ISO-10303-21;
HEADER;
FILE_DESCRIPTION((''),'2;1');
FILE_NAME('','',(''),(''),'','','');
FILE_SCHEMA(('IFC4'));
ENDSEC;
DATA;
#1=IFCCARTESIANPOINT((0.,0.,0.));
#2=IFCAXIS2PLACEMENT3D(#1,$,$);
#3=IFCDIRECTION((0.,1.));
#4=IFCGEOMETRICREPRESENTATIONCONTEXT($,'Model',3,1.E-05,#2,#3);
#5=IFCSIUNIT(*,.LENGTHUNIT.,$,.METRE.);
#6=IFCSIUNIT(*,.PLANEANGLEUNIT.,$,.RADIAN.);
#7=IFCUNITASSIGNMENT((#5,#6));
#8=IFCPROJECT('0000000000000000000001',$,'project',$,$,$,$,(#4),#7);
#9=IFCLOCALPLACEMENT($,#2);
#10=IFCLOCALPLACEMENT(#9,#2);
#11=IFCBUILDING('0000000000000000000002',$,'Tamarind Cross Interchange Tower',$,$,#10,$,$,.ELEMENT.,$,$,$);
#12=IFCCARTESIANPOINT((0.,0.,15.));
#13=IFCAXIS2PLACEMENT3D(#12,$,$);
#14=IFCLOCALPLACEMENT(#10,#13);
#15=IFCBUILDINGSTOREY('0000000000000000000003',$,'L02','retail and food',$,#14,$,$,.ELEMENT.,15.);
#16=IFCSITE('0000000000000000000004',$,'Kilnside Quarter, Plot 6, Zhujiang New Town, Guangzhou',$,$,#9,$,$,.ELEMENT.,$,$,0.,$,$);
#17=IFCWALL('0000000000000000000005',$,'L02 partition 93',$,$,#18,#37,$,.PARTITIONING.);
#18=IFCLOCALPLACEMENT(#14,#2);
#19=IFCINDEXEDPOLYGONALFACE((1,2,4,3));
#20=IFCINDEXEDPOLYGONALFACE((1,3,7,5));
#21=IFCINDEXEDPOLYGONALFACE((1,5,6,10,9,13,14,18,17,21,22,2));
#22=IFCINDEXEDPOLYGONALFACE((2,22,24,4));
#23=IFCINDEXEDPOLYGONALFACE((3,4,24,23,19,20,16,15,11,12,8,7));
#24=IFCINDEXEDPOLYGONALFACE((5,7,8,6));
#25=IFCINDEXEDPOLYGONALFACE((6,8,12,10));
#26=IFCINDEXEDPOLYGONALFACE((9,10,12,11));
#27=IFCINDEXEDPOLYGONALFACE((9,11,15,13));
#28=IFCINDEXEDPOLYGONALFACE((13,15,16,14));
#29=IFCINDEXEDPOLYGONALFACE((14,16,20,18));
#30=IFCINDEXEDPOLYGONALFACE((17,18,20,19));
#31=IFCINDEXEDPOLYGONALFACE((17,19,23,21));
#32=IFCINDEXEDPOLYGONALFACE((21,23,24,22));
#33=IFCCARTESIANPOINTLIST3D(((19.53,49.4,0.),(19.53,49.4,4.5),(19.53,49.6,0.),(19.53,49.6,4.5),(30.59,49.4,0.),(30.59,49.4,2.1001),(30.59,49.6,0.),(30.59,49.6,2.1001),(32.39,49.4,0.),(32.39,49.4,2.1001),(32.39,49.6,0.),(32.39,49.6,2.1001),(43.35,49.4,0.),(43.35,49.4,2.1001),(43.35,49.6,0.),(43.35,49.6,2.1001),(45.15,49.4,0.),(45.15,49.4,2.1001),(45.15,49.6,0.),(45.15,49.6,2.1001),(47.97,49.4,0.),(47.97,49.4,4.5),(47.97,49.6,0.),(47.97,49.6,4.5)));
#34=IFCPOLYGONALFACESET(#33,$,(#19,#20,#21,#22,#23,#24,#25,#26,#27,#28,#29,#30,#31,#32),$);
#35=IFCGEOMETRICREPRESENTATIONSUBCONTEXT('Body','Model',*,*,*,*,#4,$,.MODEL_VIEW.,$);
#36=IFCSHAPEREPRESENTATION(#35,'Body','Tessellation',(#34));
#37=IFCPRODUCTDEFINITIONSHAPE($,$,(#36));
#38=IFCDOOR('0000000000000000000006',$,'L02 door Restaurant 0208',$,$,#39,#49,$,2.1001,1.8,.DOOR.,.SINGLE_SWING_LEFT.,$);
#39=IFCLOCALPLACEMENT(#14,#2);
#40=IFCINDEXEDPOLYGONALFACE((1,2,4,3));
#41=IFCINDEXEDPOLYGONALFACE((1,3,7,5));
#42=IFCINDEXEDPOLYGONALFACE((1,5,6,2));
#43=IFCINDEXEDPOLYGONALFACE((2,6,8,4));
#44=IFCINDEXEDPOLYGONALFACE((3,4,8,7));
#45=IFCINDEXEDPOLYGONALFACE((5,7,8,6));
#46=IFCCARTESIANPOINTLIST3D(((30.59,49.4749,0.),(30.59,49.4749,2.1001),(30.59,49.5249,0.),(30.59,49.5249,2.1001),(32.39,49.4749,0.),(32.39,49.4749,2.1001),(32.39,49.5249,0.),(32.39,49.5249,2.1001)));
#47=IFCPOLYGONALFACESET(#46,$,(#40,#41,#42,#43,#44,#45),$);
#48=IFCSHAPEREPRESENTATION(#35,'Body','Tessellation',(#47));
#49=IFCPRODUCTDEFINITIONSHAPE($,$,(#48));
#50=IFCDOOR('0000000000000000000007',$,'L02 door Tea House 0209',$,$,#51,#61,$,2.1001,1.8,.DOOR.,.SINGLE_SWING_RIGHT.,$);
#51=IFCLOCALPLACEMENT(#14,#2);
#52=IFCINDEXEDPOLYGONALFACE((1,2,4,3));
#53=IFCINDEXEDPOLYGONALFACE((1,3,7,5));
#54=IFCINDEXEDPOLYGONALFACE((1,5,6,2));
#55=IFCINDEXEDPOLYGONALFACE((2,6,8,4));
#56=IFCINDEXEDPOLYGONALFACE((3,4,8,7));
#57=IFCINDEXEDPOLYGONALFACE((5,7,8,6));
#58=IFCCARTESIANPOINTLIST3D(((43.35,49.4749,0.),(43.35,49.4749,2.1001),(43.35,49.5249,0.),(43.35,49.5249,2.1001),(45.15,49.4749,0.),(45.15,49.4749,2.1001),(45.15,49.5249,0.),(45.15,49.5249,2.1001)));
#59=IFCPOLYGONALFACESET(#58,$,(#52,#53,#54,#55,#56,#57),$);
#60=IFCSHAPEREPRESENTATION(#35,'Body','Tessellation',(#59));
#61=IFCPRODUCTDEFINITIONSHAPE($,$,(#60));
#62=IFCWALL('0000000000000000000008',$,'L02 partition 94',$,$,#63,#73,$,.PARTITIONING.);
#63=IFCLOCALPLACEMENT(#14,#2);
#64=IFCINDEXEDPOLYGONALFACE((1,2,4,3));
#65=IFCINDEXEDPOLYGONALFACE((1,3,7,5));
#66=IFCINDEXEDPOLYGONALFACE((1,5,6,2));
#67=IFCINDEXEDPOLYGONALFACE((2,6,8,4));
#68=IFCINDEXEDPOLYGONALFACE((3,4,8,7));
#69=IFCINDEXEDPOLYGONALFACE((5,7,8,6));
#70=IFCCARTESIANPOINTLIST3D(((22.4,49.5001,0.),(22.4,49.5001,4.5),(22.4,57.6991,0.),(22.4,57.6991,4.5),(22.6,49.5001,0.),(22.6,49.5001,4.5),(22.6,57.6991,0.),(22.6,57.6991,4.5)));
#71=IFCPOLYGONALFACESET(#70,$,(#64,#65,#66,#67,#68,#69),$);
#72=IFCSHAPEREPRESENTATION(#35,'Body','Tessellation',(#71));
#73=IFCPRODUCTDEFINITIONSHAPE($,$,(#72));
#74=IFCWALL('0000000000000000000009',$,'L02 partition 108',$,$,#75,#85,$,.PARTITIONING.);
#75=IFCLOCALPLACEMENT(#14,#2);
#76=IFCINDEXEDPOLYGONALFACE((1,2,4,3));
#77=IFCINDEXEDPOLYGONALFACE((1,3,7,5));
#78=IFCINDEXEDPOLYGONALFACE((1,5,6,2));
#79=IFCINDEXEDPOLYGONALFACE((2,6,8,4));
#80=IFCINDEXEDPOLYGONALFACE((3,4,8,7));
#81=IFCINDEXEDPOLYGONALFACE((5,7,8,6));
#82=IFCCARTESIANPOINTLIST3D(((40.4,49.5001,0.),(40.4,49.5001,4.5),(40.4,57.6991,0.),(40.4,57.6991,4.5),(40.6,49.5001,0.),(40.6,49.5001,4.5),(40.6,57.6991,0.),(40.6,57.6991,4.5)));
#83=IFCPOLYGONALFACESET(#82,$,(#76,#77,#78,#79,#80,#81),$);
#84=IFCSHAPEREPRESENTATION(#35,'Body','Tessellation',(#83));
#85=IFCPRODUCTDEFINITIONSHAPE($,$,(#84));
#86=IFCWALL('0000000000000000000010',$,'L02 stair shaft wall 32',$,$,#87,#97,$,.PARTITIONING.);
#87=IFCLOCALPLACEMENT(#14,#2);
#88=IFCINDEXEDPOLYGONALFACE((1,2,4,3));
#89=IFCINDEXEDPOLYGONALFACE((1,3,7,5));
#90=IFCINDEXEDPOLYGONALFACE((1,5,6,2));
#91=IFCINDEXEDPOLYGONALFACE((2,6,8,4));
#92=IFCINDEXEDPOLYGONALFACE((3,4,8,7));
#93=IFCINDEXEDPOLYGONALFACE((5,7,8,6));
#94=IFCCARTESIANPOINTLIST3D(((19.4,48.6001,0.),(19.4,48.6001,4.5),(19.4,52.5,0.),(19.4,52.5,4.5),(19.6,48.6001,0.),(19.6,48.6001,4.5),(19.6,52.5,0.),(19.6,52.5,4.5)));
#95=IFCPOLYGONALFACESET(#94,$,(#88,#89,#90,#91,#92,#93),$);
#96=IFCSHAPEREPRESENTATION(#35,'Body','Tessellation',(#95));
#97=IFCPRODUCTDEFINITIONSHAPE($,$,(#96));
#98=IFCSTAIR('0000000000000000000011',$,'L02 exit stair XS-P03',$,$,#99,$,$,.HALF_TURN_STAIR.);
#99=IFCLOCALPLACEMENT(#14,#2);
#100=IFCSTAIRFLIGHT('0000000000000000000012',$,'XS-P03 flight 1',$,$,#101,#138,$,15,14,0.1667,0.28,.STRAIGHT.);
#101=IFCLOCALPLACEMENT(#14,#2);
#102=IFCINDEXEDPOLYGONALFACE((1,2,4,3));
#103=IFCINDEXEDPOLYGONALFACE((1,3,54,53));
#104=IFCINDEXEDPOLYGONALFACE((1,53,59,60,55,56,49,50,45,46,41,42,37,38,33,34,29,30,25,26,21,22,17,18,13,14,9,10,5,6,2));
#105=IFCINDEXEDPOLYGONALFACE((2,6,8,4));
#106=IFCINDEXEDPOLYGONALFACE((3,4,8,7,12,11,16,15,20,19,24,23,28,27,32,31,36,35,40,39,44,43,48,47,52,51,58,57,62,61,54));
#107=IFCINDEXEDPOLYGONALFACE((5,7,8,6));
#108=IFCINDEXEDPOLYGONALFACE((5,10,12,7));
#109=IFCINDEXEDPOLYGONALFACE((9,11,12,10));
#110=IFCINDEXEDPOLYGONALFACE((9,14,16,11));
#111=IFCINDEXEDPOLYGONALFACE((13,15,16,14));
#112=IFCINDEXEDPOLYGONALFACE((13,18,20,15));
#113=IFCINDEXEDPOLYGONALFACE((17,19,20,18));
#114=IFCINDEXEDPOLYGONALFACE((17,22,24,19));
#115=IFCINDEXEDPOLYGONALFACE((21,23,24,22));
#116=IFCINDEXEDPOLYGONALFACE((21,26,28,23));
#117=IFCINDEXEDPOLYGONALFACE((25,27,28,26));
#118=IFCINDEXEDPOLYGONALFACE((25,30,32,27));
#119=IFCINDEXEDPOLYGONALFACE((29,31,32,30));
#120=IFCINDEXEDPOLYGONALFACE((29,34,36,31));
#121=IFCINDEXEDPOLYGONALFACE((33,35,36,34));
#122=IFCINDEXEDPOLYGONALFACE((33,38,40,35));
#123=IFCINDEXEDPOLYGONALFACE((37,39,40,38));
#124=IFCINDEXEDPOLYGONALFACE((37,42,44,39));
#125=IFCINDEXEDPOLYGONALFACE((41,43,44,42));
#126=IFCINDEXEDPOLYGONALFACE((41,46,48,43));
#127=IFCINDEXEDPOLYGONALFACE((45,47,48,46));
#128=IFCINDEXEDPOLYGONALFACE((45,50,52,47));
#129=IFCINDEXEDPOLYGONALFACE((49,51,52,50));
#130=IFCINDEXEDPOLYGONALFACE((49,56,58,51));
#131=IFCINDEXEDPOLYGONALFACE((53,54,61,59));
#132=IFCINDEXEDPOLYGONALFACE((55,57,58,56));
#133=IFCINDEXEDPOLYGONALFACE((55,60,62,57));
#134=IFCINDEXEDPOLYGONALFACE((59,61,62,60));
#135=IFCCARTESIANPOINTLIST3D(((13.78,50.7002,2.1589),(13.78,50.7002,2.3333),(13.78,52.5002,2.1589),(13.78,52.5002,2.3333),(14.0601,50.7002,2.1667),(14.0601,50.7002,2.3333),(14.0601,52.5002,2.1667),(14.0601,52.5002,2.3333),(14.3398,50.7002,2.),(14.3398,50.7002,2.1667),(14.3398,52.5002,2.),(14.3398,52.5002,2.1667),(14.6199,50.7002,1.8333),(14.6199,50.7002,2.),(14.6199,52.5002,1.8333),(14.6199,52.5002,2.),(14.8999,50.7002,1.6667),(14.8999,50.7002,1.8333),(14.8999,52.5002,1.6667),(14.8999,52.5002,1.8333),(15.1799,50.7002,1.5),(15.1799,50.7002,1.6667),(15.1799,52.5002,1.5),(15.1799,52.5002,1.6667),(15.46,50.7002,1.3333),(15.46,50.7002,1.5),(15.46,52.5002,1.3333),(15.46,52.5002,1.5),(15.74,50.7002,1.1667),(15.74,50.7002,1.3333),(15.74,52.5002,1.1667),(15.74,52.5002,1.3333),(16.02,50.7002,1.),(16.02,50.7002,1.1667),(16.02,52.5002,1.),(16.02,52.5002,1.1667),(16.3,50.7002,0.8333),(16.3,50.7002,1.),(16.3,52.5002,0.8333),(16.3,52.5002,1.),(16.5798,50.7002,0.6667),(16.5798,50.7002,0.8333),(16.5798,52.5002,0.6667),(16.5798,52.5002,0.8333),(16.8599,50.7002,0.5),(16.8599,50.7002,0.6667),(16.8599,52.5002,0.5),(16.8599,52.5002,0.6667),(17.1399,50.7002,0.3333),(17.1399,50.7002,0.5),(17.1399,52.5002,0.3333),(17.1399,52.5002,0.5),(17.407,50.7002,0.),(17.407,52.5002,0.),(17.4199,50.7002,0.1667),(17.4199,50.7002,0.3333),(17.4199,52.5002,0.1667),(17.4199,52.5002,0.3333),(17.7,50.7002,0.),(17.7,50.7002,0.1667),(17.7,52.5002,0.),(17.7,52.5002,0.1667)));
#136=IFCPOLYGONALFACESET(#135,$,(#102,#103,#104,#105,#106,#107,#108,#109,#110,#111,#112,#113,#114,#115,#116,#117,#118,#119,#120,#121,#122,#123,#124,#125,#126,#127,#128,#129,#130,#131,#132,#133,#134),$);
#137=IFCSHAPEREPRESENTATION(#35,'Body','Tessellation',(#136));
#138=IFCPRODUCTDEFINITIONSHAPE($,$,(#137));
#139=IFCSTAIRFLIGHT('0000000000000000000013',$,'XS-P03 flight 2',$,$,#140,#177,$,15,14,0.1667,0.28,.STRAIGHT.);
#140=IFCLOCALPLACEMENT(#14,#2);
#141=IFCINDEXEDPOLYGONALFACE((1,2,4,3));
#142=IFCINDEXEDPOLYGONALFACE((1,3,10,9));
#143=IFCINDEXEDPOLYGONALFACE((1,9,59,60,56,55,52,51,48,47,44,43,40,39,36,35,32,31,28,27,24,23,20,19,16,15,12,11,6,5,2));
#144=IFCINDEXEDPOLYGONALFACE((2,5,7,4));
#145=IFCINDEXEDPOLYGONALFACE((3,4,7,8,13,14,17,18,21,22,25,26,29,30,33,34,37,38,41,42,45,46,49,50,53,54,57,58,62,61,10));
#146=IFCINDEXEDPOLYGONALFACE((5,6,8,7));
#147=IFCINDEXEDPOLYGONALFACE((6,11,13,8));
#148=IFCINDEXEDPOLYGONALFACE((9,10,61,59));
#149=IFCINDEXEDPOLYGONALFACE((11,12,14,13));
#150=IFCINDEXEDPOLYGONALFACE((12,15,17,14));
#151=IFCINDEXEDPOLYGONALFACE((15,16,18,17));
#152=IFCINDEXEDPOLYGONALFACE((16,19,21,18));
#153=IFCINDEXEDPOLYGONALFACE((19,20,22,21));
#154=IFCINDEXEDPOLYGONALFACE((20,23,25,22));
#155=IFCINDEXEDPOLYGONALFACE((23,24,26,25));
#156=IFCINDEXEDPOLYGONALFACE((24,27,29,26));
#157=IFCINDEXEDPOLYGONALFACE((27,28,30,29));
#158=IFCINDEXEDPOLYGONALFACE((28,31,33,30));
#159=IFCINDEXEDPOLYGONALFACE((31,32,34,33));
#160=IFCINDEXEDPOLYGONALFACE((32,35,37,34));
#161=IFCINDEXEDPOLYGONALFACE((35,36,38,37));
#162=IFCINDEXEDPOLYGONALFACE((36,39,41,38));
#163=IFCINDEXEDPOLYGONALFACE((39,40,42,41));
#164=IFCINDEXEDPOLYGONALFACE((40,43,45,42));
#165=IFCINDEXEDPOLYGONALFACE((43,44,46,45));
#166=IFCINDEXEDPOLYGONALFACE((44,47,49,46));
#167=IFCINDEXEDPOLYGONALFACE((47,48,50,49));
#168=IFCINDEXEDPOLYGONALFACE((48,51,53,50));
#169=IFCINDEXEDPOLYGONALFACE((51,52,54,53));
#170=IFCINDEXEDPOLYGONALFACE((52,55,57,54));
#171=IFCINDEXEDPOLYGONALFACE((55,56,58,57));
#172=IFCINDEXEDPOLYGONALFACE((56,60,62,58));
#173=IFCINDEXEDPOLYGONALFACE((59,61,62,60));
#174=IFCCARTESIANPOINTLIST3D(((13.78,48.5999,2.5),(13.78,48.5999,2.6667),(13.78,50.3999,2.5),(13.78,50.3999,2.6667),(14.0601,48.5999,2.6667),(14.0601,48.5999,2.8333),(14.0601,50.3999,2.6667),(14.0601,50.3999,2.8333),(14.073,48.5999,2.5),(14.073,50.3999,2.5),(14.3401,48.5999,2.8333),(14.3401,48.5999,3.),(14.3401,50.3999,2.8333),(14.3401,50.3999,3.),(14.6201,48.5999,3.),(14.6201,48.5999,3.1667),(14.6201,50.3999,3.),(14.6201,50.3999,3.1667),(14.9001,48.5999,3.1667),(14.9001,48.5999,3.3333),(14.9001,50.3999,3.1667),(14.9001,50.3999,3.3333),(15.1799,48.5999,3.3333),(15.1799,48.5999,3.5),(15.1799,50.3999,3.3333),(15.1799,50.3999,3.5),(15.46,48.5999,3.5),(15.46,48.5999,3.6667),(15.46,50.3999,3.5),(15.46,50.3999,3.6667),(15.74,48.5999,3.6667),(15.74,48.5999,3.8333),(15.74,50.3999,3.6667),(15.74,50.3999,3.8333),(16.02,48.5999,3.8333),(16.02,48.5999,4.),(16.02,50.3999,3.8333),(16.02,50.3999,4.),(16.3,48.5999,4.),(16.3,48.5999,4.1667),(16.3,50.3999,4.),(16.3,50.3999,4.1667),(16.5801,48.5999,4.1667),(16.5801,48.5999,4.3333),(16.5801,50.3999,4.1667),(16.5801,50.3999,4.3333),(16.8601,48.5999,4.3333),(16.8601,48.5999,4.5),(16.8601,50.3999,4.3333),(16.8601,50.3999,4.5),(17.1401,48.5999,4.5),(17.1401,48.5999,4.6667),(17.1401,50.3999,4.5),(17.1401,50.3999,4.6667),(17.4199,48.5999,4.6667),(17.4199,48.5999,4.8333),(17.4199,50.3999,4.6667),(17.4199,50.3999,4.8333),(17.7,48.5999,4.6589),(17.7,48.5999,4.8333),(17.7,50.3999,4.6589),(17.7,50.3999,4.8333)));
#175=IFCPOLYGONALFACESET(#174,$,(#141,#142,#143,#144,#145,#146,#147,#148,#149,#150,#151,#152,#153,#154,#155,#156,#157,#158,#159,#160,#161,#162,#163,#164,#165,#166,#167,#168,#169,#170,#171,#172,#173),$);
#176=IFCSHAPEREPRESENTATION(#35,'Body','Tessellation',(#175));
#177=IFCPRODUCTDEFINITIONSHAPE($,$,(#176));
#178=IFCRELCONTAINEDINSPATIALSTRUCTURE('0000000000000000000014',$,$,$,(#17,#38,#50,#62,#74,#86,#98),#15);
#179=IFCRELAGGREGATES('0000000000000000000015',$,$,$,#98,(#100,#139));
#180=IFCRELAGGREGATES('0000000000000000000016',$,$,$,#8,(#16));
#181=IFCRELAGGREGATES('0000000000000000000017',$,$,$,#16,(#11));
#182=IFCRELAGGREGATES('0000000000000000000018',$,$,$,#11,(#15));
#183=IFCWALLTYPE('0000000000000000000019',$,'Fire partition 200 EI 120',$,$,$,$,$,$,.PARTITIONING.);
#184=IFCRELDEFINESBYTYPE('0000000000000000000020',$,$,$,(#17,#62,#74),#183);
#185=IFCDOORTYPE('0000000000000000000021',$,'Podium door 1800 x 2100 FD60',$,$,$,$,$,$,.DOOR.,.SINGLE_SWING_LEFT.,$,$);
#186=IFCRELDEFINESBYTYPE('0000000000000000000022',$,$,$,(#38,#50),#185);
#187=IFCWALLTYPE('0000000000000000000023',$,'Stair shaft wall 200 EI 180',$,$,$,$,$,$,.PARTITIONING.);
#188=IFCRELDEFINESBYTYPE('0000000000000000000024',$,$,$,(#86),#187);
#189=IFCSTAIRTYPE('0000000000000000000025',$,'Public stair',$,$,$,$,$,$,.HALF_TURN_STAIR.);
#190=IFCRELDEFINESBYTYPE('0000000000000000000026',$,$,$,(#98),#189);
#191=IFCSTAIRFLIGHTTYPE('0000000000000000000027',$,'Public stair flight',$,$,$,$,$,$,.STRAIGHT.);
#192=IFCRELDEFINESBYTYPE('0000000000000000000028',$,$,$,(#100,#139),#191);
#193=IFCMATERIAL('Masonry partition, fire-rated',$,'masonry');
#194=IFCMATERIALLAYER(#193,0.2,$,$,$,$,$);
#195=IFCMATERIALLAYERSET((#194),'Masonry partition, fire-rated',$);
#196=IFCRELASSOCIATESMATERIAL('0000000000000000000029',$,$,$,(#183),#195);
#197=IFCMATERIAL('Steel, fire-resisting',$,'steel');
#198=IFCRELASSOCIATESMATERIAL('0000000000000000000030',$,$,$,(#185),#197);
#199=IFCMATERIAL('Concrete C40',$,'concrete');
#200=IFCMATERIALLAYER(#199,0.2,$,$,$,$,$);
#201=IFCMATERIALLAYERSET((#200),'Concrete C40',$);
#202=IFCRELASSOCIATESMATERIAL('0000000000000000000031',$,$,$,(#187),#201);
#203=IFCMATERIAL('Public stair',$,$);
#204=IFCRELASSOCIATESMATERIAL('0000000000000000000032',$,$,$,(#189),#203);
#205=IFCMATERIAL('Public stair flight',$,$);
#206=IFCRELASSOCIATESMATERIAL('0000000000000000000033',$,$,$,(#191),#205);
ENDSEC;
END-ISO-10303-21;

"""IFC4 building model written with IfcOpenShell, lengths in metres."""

from ifc_helpers import new_model, si_unit, direction, frame, frame_2d, origin, place, context, subcontext, project, spatial, polyline, rectangle, outline, extrude, material, layer, layer_set, type_object, element, fill, aggregate, save


model = new_model("IFC4")

# Units and contexts
model_context = context("Model", 3, precision=1e-05, world=origin(), true_north=direction((0.0, 1.0)))
body_context = subcontext(model_context, "Body", "Model", "MODEL_VIEW")
ifc_project = project(units=[si_unit("LENGTHUNIT", "METRE"), si_unit("PLANEANGLEUNIT", "RADIAN")], contexts=[model_context])

# Site, building, storey
site_placement = place(None, origin())
site = spatial("IfcSite", under=ifc_project, at=site_placement, Name="Kilnside Quarter, Plot 6, Zhujiang New Town, Guangzhou", CompositionType="ELEMENT", RefElevation=0.0)
building_placement = place(site_placement, origin())
building = spatial("IfcBuilding", under=site, at=building_placement, Name="Tamarind Cross Interchange Tower", CompositionType="ELEMENT")
storey_placement = place(building_placement, frame((0.0, 0.0, 15.0)))
storey = spatial("IfcBuildingStorey", under=building, at=storey_placement, Name="L02", Description="retail and food", CompositionType="ELEMENT", Elevation=15.0)

# Shared definitions
ifc_material_1 = material(Name="Masonry partition, fire-rated", Category="masonry")
ifc_layer_1 = layer(ifc_material_1, 0.2)
ifc_layer_set_1 = layer_set([ifc_layer_1], Name="Masonry partition, fire-rated")
wall_type_1 = type_object("IfcWallType", Name="Fire partition 200 EI 120", PredefinedType="PARTITIONING", material=ifc_layer_set_1)
ifc_material_2 = material(Name="Steel, fire-resisting", Category="steel")

# Wall, openings, doors
wall_1_placement = place(storey_placement, frame((19.53, 49.5, 0.0), z_axis=(0.0, 0.0, 1.0), x_axis=(1.0, 0.0, 0.0)))
wall_1 = element("IfcWall", 1, at=wall_1_placement, inside=storey, type_object=wall_type_1, Name="L02 partition 93", PredefinedType="PARTITIONING", context=body_context, shape_type="SweptSolid", body=[
    extrude(rectangle(XDim=28.4399, YDim=0.2, at=frame_2d((14.22, 0.0))), origin(), (0.0, 0.0, 1.0), 4.5),
])
opening_1_placement = place(wall_1_placement, frame((11.0601, 0.0, 0.0)))
opening_1 = element("IfcOpeningElement", 2, at=opening_1_placement, cuts=wall_1, PredefinedType="OPENING", context=body_context, shape_type="SweptSolid", body=[
    extrude(rectangle(XDim=1.8, YDim=2.1001, at=frame_2d((0.8999, 1.05))), frame((0.0, 0.1099, 0.0), z_axis=(0.0, -1.0, 0.0), x_axis=(1.0, 0.0, 0.0)), (0.0, 0.0, 1.0), 0.22),
])
opening_2_placement = place(wall_1_placement, frame((23.8201, 0.0, 0.0)))
opening_2 = element("IfcOpeningElement", 3, at=opening_2_placement, cuts=wall_1, PredefinedType="OPENING", context=body_context, shape_type="SweptSolid", body=[
    extrude(rectangle(XDim=1.8, YDim=2.1001, at=frame_2d((0.8999, 1.05))), frame((0.0, 0.1099, 0.0), z_axis=(0.0, -1.0, 0.0), x_axis=(1.0, 0.0, 0.0)), (0.0, 0.0, 1.0), 0.22),
])
door_type_1 = type_object("IfcDoorType", Name="Podium door 1800 x 2100 FD60", OperationType="SINGLE_SWING_LEFT", PredefinedType="DOOR", material=ifc_material_2)
door_1_placement = place(opening_1_placement, origin())
door_1 = element("IfcDoor", 4, at=door_1_placement, inside=storey, type_object=door_type_1, Name="L02 door Restaurant 0208", OperationType="SINGLE_SWING_LEFT", OverallHeight=2.1001, OverallWidth=1.8, PredefinedType="DOOR", context=body_context, shape_type="SweptSolid", body=[
    extrude(rectangle(XDim=1.8, YDim=2.1001, at=frame_2d((0.8999, 1.05))), frame((0.0, 0.0249, 0.0), z_axis=(0.0, -1.0, 0.0), x_axis=(1.0, 0.0, 0.0)), (0.0, 0.0, 1.0), 0.05),
])
fill(opening_1, door_1)
door_2_placement = place(opening_2_placement, origin())
door_2 = element("IfcDoor", 5, at=door_2_placement, inside=storey, type_object=door_type_1, Name="L02 door Tea House 0209", OperationType="SINGLE_SWING_RIGHT", OverallHeight=2.1001, OverallWidth=1.8, PredefinedType="DOOR", context=body_context, shape_type="SweptSolid", body=[
    extrude(rectangle(XDim=1.8, YDim=2.1001, at=frame_2d((0.8999, 1.05))), frame((0.0, 0.0249, 0.0), z_axis=(0.0, -1.0, 0.0), x_axis=(1.0, 0.0, 0.0)), (0.0, 0.0, 1.0), 0.05),
])
fill(opening_2, door_2)

# Walls
for number, where, z_axis, x_axis, name in (
    (6, (22.5, 49.5, 0.0), (0.0, 0.0, 1.0), (0.0, 1.0, 0.0), "L02 partition 94"),
    (7, (40.5, 49.5, 0.0), (0.0, 0.0, 1.0), (0.0, 1.0, 0.0), "L02 partition 108"),
):
    element("IfcWall", number, at=place(storey_placement, frame(where, z_axis=z_axis, x_axis=x_axis)), inside=storey, type_object=wall_type_1, Name=name, PredefinedType="PARTITIONING", context=body_context, shape_type="SweptSolid", body=[
        extrude(rectangle(XDim=8.199, YDim=0.2, at=frame_2d((4.0996, 0.0))), origin(), (0.0, 0.0, 1.0), 4.5),
    ])
ifc_material_3 = material(Name="Concrete C40", Category="concrete")
ifc_layer_2 = layer(ifc_material_3, 0.2)
ifc_layer_set_2 = layer_set([ifc_layer_2], Name="Concrete C40")
wall_type_2 = type_object("IfcWallType", Name="Stair shaft wall 200 EI 180", PredefinedType="PARTITIONING", material=ifc_layer_set_2)
wall_2_placement = place(storey_placement, frame((19.5, 48.6001, 0.0), z_axis=(0.0, 0.0, 1.0), x_axis=(0.0, 1.0, 0.0)))
element("IfcWall", 8, at=wall_2_placement, inside=storey, type_object=wall_type_2, Name="L02 stair shaft wall 32", PredefinedType="PARTITIONING", context=body_context, shape_type="SweptSolid", body=[
    extrude(rectangle(XDim=3.8999, YDim=0.2, at=frame_2d((1.95, 0.0))), origin(), (0.0, 0.0, 1.0), 4.5),
])

# Stair, stair flights
ifc_material_4 = material(Name="Public stair")
stair_type = type_object("IfcStairType", Name="Public stair", PredefinedType="HALF_TURN_STAIR", material=ifc_material_4)
stair_placement = place(storey_placement, origin())
stair = element("IfcStair", 9, at=stair_placement, inside=storey, type_object=stair_type, Name="L02 exit stair XS-P03", PredefinedType="HALF_TURN_STAIR")
ifc_material_5 = material(Name="Public stair flight")
stair_flight_type = type_object("IfcStairFlightType", Name="Public stair flight", PredefinedType="STRAIGHT", material=ifc_material_5)
stair_flight_1_placement = place(storey_placement, frame((17.7, 51.6001, 0.0), z_axis=(0.0, 0.0, 1.0), x_axis=(-1.0, 0.0, 0.0)))
stair_flight_1 = element("IfcStairFlight", 10, at=stair_flight_1_placement, type_object=stair_flight_type, Name="XS-P03 flight 1", NumberOfRisers=15, NumberOfTreads=14, PredefinedType="STRAIGHT", RiserHeight=0.1667, TreadLength=0.28, context=body_context, shape_type="SweptSolid", body=[
    extrude(outline(polyline([(0.0, 0.0), (0.0, 0.1667), (0.28, 0.1667), (0.28, 0.3333), (0.5601, 0.3333), (0.5601, 0.5), (0.8401, 0.5), (0.8401, 0.6667), (1.1201, 0.6667), (1.1201, 0.8333), (1.3999, 0.8333), (1.3999, 1.0), (1.6799, 1.0), (1.6799, 1.1667), (1.96, 1.1667), (1.96, 1.3333), (2.24, 1.3333), (2.24, 1.5), (2.52, 1.5), (2.52, 1.6667), (2.8, 1.6667), (2.8, 1.8333), (3.0801, 1.8333), (3.0801, 2.0), (3.3601, 2.0), (3.3601, 2.1667), (3.6399, 2.1667), (3.6399, 2.3333), (3.9199, 2.3333), (3.9199, 2.5), (3.9199, 2.1589), (0.293, 0.0), (0.0, 0.0)])), frame((0.0, 0.8999, 0.0), z_axis=(0.0, -1.0, 0.0), x_axis=(1.0, 0.0, 0.0)), (0.0, 0.0, 1.0), 1.8),
])
stair_flight_2_placement = place(storey_placement, frame((13.78, 49.5, 2.5), z_axis=(0.0, 0.0, 1.0), x_axis=(1.0, 0.0, 0.0)))
stair_flight_2 = element("IfcStairFlight", 11, at=stair_flight_2_placement, type_object=stair_flight_type, Name="XS-P03 flight 2", NumberOfRisers=15, NumberOfTreads=14, PredefinedType="STRAIGHT", RiserHeight=0.1667, TreadLength=0.28, context=body_context, shape_type="SweptSolid", body=[
    extrude(outline(polyline([(0.0, 0.0), (0.0, 0.1667), (0.28, 0.1667), (0.28, 0.3333), (0.5601, 0.3333), (0.5601, 0.5), (0.8401, 0.5), (0.8401, 0.6667), (1.1201, 0.6667), (1.1201, 0.8333), (1.3999, 0.8333), (1.3999, 1.0), (1.6799, 1.0), (1.6799, 1.1667), (1.96, 1.1667), (1.96, 1.3333), (2.24, 1.3333), (2.24, 1.5), (2.52, 1.5), (2.52, 1.6667), (2.8, 1.6667), (2.8, 1.8333), (3.0801, 1.8333), (3.0801, 2.0), (3.3601, 2.0), (3.3601, 2.1667), (3.6399, 2.1667), (3.6399, 2.3333), (3.9199, 2.3333), (3.9199, 2.5), (3.9199, 2.1589), (0.293, 0.0), (0.0, 0.0)])), frame((0.0, 0.8999, 0.0), z_axis=(0.0, -1.0, 0.0), x_axis=(1.0, 0.0, 0.0)), (0.0, 0.0, 1.0), 1.8),
])
aggregate(stair, [stair_flight_1, stair_flight_2])

save(model, "model.ifc")
